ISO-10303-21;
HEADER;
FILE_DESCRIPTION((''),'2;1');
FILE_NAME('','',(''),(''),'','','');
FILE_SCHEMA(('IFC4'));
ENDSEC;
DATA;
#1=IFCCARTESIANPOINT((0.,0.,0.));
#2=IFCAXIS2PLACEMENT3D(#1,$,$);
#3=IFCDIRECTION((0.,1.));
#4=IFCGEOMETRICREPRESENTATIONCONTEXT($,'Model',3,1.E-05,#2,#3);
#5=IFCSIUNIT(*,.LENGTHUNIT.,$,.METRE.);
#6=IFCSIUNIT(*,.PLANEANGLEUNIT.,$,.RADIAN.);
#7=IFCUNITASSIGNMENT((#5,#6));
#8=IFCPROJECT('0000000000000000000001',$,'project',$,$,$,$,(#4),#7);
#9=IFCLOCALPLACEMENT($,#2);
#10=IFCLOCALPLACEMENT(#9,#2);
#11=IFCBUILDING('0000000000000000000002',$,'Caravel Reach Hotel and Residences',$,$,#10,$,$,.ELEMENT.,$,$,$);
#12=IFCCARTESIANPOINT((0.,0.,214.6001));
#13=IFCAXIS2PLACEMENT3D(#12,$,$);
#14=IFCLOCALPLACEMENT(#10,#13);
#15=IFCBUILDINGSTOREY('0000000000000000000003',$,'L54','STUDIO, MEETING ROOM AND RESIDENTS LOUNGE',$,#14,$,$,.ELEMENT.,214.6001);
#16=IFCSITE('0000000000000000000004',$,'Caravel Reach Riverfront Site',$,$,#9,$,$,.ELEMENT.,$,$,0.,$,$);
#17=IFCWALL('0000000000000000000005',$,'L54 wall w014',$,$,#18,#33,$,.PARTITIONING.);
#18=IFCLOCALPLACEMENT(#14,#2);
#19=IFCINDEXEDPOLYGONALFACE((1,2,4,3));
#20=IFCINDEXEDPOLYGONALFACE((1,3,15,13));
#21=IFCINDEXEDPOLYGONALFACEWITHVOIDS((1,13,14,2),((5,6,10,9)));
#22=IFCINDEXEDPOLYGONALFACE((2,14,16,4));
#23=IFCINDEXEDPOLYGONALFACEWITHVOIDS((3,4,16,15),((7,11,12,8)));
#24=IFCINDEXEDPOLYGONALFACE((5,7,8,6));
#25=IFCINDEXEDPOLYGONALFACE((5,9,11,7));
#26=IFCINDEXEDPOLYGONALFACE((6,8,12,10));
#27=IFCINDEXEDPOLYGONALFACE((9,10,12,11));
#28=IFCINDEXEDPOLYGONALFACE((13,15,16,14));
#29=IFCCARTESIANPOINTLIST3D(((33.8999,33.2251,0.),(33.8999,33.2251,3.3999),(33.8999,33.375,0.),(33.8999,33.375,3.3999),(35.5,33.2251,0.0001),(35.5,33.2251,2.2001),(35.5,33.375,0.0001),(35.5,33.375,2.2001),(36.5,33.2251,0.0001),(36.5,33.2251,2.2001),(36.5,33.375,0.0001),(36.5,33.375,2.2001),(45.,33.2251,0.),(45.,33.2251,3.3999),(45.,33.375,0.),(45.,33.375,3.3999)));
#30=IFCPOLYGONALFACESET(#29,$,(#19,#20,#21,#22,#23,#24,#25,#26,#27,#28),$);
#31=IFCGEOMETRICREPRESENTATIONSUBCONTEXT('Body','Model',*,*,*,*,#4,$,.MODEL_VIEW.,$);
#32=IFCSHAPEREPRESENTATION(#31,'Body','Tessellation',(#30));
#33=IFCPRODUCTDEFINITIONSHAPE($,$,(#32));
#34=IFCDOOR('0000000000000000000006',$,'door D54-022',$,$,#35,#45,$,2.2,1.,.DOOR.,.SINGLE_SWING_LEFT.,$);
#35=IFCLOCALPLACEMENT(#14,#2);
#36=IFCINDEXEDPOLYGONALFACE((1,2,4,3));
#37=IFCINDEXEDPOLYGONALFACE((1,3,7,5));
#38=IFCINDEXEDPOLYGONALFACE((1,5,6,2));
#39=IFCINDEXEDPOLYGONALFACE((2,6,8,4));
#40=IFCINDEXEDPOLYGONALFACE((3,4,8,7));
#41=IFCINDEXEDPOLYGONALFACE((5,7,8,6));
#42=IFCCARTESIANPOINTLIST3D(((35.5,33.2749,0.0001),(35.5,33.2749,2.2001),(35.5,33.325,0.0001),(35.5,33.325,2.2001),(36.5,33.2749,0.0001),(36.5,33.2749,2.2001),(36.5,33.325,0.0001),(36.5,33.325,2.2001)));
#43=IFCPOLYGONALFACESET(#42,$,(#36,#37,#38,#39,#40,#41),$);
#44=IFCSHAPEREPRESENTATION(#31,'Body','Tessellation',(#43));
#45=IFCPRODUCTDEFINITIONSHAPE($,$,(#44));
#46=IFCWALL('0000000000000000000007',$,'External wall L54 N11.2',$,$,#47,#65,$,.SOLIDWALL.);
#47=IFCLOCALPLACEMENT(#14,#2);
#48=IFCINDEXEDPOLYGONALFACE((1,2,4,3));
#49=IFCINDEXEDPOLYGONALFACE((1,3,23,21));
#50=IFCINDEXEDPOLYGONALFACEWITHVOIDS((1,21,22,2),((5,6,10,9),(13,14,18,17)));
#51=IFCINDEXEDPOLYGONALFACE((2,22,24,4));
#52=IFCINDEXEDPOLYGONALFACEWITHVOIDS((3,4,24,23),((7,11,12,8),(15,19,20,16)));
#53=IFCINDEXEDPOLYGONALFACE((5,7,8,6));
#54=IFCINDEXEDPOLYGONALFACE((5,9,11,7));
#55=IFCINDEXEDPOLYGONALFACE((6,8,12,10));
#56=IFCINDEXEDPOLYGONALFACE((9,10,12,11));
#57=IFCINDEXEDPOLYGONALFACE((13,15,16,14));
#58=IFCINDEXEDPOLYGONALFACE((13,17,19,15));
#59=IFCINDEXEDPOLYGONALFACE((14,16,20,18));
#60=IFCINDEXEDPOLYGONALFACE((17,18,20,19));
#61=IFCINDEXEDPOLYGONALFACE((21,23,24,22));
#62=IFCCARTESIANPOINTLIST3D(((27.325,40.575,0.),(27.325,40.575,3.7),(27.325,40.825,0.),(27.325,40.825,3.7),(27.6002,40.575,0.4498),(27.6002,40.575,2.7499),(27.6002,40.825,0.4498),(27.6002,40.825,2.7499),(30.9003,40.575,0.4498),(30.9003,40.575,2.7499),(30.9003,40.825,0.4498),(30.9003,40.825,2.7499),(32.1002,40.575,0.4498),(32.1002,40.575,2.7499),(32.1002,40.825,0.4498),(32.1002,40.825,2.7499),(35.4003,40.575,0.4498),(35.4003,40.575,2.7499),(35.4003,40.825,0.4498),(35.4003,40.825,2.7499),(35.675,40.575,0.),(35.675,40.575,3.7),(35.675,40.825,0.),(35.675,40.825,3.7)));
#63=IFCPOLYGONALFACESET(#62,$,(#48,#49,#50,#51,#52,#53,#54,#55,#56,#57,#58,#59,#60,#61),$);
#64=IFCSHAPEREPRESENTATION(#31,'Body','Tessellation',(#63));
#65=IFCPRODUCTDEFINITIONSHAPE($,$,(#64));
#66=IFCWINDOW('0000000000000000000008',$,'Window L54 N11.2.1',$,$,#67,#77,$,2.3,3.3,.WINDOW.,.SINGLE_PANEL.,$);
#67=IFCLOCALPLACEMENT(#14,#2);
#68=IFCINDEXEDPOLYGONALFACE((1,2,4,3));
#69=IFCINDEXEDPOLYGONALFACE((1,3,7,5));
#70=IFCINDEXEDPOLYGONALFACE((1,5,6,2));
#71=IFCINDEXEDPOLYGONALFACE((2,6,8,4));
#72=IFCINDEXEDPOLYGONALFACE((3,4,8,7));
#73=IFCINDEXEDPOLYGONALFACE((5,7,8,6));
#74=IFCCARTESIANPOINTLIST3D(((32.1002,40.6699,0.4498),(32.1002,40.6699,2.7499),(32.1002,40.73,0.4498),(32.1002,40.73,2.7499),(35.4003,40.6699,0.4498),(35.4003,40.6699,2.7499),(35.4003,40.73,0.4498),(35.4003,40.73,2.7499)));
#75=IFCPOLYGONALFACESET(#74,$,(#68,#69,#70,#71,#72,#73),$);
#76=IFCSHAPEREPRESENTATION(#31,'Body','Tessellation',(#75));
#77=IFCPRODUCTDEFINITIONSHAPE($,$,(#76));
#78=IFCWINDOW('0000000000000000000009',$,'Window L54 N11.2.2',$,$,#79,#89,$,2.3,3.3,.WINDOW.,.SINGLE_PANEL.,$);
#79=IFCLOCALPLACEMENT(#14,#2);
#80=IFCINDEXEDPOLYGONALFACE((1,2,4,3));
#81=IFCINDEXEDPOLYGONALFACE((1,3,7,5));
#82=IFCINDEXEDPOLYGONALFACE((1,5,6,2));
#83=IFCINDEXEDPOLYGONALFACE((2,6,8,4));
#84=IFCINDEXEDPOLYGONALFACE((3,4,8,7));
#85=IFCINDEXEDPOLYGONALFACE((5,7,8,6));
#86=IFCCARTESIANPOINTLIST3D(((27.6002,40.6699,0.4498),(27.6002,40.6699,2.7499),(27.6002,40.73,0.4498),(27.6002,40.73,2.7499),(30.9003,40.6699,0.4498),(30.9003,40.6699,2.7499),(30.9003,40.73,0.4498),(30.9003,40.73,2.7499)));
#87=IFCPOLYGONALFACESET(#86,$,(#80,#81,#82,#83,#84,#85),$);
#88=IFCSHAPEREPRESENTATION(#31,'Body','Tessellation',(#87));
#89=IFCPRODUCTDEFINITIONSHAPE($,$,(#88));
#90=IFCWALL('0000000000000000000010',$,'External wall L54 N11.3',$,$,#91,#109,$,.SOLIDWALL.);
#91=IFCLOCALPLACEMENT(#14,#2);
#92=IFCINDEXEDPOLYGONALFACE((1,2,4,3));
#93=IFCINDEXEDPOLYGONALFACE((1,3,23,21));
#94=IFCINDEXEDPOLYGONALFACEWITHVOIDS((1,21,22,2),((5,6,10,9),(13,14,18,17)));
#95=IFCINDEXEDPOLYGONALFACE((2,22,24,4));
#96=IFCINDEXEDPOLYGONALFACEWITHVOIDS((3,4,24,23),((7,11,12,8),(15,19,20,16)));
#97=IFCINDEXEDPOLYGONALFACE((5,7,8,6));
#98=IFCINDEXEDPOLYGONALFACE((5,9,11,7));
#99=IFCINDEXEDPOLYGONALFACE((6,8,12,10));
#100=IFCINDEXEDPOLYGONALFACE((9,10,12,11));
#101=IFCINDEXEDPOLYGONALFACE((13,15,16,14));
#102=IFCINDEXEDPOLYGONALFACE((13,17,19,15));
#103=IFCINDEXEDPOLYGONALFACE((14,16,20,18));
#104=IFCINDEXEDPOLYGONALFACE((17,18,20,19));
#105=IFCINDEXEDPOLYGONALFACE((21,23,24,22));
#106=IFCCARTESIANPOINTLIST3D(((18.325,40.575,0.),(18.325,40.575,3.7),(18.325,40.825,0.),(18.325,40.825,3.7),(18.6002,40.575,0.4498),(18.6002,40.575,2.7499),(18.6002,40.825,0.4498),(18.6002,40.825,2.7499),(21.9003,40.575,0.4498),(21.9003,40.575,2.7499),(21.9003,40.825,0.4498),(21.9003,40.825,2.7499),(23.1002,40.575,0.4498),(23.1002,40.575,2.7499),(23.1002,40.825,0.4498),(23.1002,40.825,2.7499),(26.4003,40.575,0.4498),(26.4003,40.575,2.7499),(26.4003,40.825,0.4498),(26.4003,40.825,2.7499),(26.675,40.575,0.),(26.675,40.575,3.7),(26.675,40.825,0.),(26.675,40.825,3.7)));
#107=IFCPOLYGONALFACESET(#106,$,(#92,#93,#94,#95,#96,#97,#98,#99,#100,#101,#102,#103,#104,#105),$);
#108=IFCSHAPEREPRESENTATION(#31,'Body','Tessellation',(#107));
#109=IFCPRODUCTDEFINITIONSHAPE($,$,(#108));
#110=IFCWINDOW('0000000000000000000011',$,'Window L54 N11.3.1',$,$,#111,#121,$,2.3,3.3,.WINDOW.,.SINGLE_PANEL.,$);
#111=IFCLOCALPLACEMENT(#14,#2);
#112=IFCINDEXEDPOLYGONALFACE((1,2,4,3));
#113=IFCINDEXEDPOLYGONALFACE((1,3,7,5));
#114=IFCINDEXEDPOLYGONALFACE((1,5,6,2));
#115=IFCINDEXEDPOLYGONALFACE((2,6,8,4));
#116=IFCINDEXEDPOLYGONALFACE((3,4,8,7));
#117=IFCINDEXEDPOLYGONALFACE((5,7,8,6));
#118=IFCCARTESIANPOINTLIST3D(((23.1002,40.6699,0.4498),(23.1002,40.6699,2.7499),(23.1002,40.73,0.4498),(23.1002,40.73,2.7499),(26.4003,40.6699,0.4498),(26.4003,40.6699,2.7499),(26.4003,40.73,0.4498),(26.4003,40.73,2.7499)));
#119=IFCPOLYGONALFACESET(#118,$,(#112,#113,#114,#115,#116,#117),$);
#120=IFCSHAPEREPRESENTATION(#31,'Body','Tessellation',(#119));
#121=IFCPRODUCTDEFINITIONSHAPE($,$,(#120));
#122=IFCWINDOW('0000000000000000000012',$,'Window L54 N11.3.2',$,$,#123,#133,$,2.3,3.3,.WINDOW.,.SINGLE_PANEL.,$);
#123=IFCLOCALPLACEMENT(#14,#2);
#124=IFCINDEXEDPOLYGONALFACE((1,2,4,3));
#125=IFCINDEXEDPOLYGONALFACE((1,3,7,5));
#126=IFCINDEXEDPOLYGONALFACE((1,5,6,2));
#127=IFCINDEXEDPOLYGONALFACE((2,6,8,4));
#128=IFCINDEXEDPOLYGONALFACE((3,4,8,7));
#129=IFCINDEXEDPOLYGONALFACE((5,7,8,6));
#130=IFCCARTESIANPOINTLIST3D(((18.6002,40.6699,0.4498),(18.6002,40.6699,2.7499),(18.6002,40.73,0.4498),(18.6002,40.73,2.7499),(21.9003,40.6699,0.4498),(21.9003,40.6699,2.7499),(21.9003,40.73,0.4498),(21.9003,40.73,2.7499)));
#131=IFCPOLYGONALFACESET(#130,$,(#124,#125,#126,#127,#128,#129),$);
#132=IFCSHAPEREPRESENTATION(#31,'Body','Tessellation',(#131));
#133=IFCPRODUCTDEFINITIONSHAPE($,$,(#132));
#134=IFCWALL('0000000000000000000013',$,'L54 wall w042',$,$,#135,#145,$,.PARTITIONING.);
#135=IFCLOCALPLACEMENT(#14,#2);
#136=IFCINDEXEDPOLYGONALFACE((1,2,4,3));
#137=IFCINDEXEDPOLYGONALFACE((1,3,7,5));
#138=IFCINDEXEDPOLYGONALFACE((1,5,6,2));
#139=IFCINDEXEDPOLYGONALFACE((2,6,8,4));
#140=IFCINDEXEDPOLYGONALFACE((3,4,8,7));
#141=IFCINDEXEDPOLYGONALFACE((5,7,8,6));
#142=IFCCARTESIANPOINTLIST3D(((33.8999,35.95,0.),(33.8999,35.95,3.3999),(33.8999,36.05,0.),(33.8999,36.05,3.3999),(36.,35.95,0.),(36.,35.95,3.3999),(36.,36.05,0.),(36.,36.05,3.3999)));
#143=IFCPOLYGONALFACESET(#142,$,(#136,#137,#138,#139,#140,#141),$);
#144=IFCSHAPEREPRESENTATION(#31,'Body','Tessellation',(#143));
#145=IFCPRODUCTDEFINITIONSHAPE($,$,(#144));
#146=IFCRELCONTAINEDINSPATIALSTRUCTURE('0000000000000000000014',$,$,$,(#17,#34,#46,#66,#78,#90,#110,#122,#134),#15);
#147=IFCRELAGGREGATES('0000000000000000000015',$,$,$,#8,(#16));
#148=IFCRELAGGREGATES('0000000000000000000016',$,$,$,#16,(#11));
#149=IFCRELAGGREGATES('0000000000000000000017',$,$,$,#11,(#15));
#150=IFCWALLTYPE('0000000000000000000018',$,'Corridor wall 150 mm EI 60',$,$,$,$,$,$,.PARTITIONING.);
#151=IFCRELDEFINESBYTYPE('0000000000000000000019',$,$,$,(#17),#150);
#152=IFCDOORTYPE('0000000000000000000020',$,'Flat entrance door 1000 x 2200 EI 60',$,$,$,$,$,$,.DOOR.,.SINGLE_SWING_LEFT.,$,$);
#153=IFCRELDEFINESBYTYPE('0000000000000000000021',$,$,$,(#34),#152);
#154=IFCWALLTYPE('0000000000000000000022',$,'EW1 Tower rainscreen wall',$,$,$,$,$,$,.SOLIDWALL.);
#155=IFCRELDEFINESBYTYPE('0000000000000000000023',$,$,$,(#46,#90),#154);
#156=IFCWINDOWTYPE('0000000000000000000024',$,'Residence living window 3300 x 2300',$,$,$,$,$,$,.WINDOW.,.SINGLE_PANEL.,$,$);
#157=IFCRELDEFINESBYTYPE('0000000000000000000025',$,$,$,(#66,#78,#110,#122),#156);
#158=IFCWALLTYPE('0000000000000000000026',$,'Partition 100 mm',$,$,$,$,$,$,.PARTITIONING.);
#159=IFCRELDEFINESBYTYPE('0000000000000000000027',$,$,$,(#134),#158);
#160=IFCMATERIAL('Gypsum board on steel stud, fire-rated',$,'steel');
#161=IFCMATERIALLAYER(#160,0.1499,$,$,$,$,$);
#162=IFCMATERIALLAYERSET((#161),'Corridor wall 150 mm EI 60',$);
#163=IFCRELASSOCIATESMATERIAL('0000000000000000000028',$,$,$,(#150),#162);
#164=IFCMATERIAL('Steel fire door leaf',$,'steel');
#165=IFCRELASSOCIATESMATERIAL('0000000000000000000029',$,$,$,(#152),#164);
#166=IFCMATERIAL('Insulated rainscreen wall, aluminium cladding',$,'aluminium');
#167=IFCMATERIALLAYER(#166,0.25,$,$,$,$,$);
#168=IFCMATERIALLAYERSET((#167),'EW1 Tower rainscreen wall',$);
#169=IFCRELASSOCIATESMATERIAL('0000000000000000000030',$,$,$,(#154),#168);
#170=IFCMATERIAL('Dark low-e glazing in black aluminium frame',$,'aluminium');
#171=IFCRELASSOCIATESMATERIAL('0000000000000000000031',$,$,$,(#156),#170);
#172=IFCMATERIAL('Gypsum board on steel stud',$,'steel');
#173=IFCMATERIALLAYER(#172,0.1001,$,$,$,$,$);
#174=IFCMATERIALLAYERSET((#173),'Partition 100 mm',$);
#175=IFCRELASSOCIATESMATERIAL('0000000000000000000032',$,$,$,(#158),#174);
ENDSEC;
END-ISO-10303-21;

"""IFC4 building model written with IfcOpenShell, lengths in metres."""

from ifc_helpers import new_model, si_unit, direction, frame, frame_2d, origin, place, context, subcontext, project, spatial, rectangle, extrude, material, layer, layer_set, type_object, element, fill, save


model = new_model("IFC4")

# Units and contexts
model_context = context("Model", 3, precision=1e-05, world=origin(), true_north=direction((0.0, 1.0)))
body_context = subcontext(model_context, "Body", "Model", "MODEL_VIEW")
ifc_project = project(units=[si_unit("LENGTHUNIT", "METRE"), si_unit("PLANEANGLEUNIT", "RADIAN")], contexts=[model_context])

# Site, building, storey
site_placement = place(None, origin())
site = spatial("IfcSite", under=ifc_project, at=site_placement, Name="Caravel Reach Riverfront Site", CompositionType="ELEMENT", RefElevation=0.0)
building_placement = place(site_placement, origin())
building = spatial("IfcBuilding", under=site, at=building_placement, Name="Caravel Reach Hotel and Residences", CompositionType="ELEMENT")
storey_placement = place(building_placement, frame((0.0, 0.0, 214.6001)))
storey = spatial("IfcBuildingStorey", under=building, at=storey_placement, Name="L54", Description="STUDIO, MEETING ROOM AND RESIDENTS LOUNGE", CompositionType="ELEMENT", Elevation=214.6001)

# Wall, opening, door
ifc_material_1 = material(Name="Gypsum board on steel stud, fire-rated", Category="steel")
ifc_layer_1 = layer(ifc_material_1, 0.1499)
ifc_layer_set_1 = layer_set([ifc_layer_1], Name="Corridor wall 150 mm EI 60")
wall_type_1 = type_object("IfcWallType", Name="Corridor wall 150 mm EI 60", PredefinedType="PARTITIONING", material=ifc_layer_set_1)
wall_1_placement = place(storey_placement, frame((33.8999, 33.3, 0.0), z_axis=(0.0, 0.0, 1.0), x_axis=(1.0, 0.0, 0.0)))
wall_1 = element("IfcWall", 1, at=wall_1_placement, inside=storey, type_object=wall_type_1, Name="L54 wall w014", PredefinedType="PARTITIONING", context=body_context, shape_type="SweptSolid", body=[
    extrude(rectangle(XDim=11.1001, YDim=0.1499, at=frame_2d((5.55, 0.0))), origin(), (0.0, 0.0, 1.0), 3.3999),
])
opening_1_placement = place(wall_1_placement, frame((1.6001, 0.0, 0.0)))
opening_1 = element("IfcOpeningElement", 2, at=opening_1_placement, cuts=wall_1, PredefinedType="OPENING", context=body_context, shape_type="SweptSolid", body=[
    extrude(rectangle(XDim=1.0, YDim=2.2, at=frame_2d((0.5, 1.1001))), frame((0.0, 0.085, 0.0), z_axis=(0.0, -1.0, 0.0), x_axis=(1.0, 0.0, 0.0)), (0.0, 0.0, 1.0), 0.1699),
])
ifc_material_2 = material(Name="Steel fire door leaf", Category="steel")
door_type_1 = type_object("IfcDoorType", Name="Flat entrance door 1000 x 2200 EI 60", OperationType="SINGLE_SWING_LEFT", PredefinedType="DOOR", material=ifc_material_2)
door_1_placement = place(opening_1_placement, origin())
door_1 = element("IfcDoor", 3, at=door_1_placement, inside=storey, type_object=door_type_1, Name="door D54-022", OperationType="SINGLE_SWING_LEFT", OverallHeight=2.2, OverallWidth=1.0, PredefinedType="DOOR", context=body_context, shape_type="SweptSolid", body=[
    extrude(rectangle(XDim=1.0, YDim=2.2, at=frame_2d((0.5, 1.1001))), frame((0.0, 0.0249, 0.0), z_axis=(0.0, -1.0, 0.0), x_axis=(1.0, 0.0, 0.0)), (0.0, 0.0, 1.0), 0.05),
])
fill(opening_1, door_1)

# Walls, openings, windows
ifc_material_3 = material(Name="Insulated rainscreen wall, aluminium cladding", Category="aluminium")
ifc_layer_2 = layer(ifc_material_3, 0.25)
ifc_layer_set_2 = layer_set([ifc_layer_2], Name="EW1 Tower rainscreen wall")
wall_type_2 = type_object("IfcWallType", Name="EW1 Tower rainscreen wall", PredefinedType="SOLIDWALL", material=ifc_layer_set_2)
wall_2_placement = place(storey_placement, frame((35.675, 40.7, 0.0), z_axis=(0.0, 0.0, 1.0), x_axis=(-1.0, 0.0, 0.0)))
wall_2 = element("IfcWall", 4, at=wall_2_placement, inside=storey, type_object=wall_type_2, Name="External wall L54 N11.2", PredefinedType="SOLIDWALL", context=body_context, shape_type="SweptSolid", body=[
    extrude(rectangle(XDim=8.3501, YDim=0.25, at=frame_2d((4.175, 0.0))), origin(), (0.0, 0.0, 1.0), 3.7),
])
opening_2_placement = place(wall_2_placement, frame((0.2749, 0.0, 0.45)))
opening_2 = element("IfcOpeningElement", 5, at=opening_2_placement, cuts=wall_2, PredefinedType="OPENING", context=body_context, shape_type="SweptSolid", body=[
    extrude(rectangle(XDim=3.3, YDim=2.3, at=frame_2d((1.6499, 1.1499))), frame((0.0, 0.135, 0.0), z_axis=(0.0, -1.0, 0.0), x_axis=(1.0, 0.0, 0.0)), (0.0, 0.0, 1.0), 0.27),
])
opening_3_placement = place(wall_2_placement, frame((4.7749, 0.0, 0.45)))
opening_3 = element("IfcOpeningElement", 6, at=opening_3_placement, cuts=wall_2, PredefinedType="OPENING", context=body_context, shape_type="SweptSolid", body=[
    extrude(rectangle(XDim=3.3, YDim=2.3, at=frame_2d((1.6499, 1.1499))), frame((0.0, 0.135, 0.0), z_axis=(0.0, -1.0, 0.0), x_axis=(1.0, 0.0, 0.0)), (0.0, 0.0, 1.0), 0.27),
])
ifc_material_4 = material(Name="Dark low-e glazing in black aluminium frame", Category="aluminium")
window_type = type_object("IfcWindowType", Name="Residence living window 3300 x 2300", PartitioningType="SINGLE_PANEL", PredefinedType="WINDOW", material=ifc_material_4)
window_1_placement = place(opening_2_placement, origin())
window_1 = element("IfcWindow", 7, at=window_1_placement, inside=storey, type_object=window_type, Name="Window L54 N11.2.1", OverallHeight=2.3, OverallWidth=3.3, PartitioningType="SINGLE_PANEL", PredefinedType="WINDOW", context=body_context, shape_type="SweptSolid", body=[
    extrude(rectangle(XDim=3.3, YDim=2.3, at=frame_2d((1.6499, 1.1499))), frame((0.0, 0.03, 0.0), z_axis=(0.0, -1.0, 0.0), x_axis=(1.0, 0.0, 0.0)), (0.0, 0.0, 1.0), 0.0601),
])
fill(opening_2, window_1)
window_2_placement = place(opening_3_placement, origin())
window_2 = element("IfcWindow", 8, at=window_2_placement, inside=storey, type_object=window_type, Name="Window L54 N11.2.2", OverallHeight=2.3, OverallWidth=3.3, PartitioningType="SINGLE_PANEL", PredefinedType="WINDOW", context=body_context, shape_type="SweptSolid", body=[
    extrude(rectangle(XDim=3.3, YDim=2.3, at=frame_2d((1.6499, 1.1499))), frame((0.0, 0.03, 0.0), z_axis=(0.0, -1.0, 0.0), x_axis=(1.0, 0.0, 0.0)), (0.0, 0.0, 1.0), 0.0601),
])
fill(opening_3, window_2)
wall_3_placement = place(storey_placement, frame((26.675, 40.7, 0.0), z_axis=(0.0, 0.0, 1.0), x_axis=(-1.0, 0.0, 0.0)))
wall_3 = element("IfcWall", 9, at=wall_3_placement, inside=storey, type_object=wall_type_2, Name="External wall L54 N11.3", PredefinedType="SOLIDWALL", context=body_context, shape_type="SweptSolid", body=[
    extrude(rectangle(XDim=8.3501, YDim=0.25, at=frame_2d((4.175, 0.0))), origin(), (0.0, 0.0, 1.0), 3.7),
])
opening_4_placement = place(wall_3_placement, frame((0.2749, 0.0, 0.45)))
opening_4 = element("IfcOpeningElement", 10, at=opening_4_placement, cuts=wall_3, PredefinedType="OPENING", context=body_context, shape_type="SweptSolid", body=[
    extrude(rectangle(XDim=3.3, YDim=2.3, at=frame_2d((1.6499, 1.1499))), frame((0.0, 0.135, 0.0), z_axis=(0.0, -1.0, 0.0), x_axis=(1.0, 0.0, 0.0)), (0.0, 0.0, 1.0), 0.27),
])
opening_5_placement = place(wall_3_placement, frame((4.7749, 0.0, 0.45)))
opening_5 = element("IfcOpeningElement", 11, at=opening_5_placement, cuts=wall_3, PredefinedType="OPENING", context=body_context, shape_type="SweptSolid", body=[
    extrude(rectangle(XDim=3.3, YDim=2.3, at=frame_2d((1.6499, 1.1499))), frame((0.0, 0.135, 0.0), z_axis=(0.0, -1.0, 0.0), x_axis=(1.0, 0.0, 0.0)), (0.0, 0.0, 1.0), 0.27),
])
window_3_placement = place(opening_4_placement, origin())
window_3 = element("IfcWindow", 12, at=window_3_placement, inside=storey, type_object=window_type, Name="Window L54 N11.3.1", OverallHeight=2.3, OverallWidth=3.3, PartitioningType="SINGLE_PANEL", PredefinedType="WINDOW", context=body_context, shape_type="SweptSolid", body=[
    extrude(rectangle(XDim=3.3, YDim=2.3, at=frame_2d((1.6499, 1.1499))), frame((0.0, 0.03, 0.0), z_axis=(0.0, -1.0, 0.0), x_axis=(1.0, 0.0, 0.0)), (0.0, 0.0, 1.0), 0.0601),
])
fill(opening_4, window_3)
window_4_placement = place(opening_5_placement, origin())
window_4 = element("IfcWindow", 13, at=window_4_placement, inside=storey, type_object=window_type, Name="Window L54 N11.3.2", OverallHeight=2.3, OverallWidth=3.3, PartitioningType="SINGLE_PANEL", PredefinedType="WINDOW", context=body_context, shape_type="SweptSolid", body=[
    extrude(rectangle(XDim=3.3, YDim=2.3, at=frame_2d((1.6499, 1.1499))), frame((0.0, 0.03, 0.0), z_axis=(0.0, -1.0, 0.0), x_axis=(1.0, 0.0, 0.0)), (0.0, 0.0, 1.0), 0.0601),
])
fill(opening_5, window_4)

# Wall
ifc_material_5 = material(Name="Gypsum board on steel stud", Category="steel")
ifc_layer_3 = layer(ifc_material_5, 0.1001)
ifc_layer_set_3 = layer_set([ifc_layer_3], Name="Partition 100 mm")
wall_type_3 = type_object("IfcWallType", Name="Partition 100 mm", PredefinedType="PARTITIONING", material=ifc_layer_set_3)
wall_4_placement = place(storey_placement, frame((33.8999, 36.0, 0.0), z_axis=(0.0, 0.0, 1.0), x_axis=(1.0, 0.0, 0.0)))
element("IfcWall", 14, at=wall_4_placement, inside=storey, type_object=wall_type_3, Name="L54 wall w042", PredefinedType="PARTITIONING", context=body_context, shape_type="SweptSolid", body=[
    extrude(rectangle(XDim=2.1001, YDim=0.1001, at=frame_2d((1.05, 0.0))), origin(), (0.0, 0.0, 1.0), 3.3999),
])

save(model, "model.ifc")
